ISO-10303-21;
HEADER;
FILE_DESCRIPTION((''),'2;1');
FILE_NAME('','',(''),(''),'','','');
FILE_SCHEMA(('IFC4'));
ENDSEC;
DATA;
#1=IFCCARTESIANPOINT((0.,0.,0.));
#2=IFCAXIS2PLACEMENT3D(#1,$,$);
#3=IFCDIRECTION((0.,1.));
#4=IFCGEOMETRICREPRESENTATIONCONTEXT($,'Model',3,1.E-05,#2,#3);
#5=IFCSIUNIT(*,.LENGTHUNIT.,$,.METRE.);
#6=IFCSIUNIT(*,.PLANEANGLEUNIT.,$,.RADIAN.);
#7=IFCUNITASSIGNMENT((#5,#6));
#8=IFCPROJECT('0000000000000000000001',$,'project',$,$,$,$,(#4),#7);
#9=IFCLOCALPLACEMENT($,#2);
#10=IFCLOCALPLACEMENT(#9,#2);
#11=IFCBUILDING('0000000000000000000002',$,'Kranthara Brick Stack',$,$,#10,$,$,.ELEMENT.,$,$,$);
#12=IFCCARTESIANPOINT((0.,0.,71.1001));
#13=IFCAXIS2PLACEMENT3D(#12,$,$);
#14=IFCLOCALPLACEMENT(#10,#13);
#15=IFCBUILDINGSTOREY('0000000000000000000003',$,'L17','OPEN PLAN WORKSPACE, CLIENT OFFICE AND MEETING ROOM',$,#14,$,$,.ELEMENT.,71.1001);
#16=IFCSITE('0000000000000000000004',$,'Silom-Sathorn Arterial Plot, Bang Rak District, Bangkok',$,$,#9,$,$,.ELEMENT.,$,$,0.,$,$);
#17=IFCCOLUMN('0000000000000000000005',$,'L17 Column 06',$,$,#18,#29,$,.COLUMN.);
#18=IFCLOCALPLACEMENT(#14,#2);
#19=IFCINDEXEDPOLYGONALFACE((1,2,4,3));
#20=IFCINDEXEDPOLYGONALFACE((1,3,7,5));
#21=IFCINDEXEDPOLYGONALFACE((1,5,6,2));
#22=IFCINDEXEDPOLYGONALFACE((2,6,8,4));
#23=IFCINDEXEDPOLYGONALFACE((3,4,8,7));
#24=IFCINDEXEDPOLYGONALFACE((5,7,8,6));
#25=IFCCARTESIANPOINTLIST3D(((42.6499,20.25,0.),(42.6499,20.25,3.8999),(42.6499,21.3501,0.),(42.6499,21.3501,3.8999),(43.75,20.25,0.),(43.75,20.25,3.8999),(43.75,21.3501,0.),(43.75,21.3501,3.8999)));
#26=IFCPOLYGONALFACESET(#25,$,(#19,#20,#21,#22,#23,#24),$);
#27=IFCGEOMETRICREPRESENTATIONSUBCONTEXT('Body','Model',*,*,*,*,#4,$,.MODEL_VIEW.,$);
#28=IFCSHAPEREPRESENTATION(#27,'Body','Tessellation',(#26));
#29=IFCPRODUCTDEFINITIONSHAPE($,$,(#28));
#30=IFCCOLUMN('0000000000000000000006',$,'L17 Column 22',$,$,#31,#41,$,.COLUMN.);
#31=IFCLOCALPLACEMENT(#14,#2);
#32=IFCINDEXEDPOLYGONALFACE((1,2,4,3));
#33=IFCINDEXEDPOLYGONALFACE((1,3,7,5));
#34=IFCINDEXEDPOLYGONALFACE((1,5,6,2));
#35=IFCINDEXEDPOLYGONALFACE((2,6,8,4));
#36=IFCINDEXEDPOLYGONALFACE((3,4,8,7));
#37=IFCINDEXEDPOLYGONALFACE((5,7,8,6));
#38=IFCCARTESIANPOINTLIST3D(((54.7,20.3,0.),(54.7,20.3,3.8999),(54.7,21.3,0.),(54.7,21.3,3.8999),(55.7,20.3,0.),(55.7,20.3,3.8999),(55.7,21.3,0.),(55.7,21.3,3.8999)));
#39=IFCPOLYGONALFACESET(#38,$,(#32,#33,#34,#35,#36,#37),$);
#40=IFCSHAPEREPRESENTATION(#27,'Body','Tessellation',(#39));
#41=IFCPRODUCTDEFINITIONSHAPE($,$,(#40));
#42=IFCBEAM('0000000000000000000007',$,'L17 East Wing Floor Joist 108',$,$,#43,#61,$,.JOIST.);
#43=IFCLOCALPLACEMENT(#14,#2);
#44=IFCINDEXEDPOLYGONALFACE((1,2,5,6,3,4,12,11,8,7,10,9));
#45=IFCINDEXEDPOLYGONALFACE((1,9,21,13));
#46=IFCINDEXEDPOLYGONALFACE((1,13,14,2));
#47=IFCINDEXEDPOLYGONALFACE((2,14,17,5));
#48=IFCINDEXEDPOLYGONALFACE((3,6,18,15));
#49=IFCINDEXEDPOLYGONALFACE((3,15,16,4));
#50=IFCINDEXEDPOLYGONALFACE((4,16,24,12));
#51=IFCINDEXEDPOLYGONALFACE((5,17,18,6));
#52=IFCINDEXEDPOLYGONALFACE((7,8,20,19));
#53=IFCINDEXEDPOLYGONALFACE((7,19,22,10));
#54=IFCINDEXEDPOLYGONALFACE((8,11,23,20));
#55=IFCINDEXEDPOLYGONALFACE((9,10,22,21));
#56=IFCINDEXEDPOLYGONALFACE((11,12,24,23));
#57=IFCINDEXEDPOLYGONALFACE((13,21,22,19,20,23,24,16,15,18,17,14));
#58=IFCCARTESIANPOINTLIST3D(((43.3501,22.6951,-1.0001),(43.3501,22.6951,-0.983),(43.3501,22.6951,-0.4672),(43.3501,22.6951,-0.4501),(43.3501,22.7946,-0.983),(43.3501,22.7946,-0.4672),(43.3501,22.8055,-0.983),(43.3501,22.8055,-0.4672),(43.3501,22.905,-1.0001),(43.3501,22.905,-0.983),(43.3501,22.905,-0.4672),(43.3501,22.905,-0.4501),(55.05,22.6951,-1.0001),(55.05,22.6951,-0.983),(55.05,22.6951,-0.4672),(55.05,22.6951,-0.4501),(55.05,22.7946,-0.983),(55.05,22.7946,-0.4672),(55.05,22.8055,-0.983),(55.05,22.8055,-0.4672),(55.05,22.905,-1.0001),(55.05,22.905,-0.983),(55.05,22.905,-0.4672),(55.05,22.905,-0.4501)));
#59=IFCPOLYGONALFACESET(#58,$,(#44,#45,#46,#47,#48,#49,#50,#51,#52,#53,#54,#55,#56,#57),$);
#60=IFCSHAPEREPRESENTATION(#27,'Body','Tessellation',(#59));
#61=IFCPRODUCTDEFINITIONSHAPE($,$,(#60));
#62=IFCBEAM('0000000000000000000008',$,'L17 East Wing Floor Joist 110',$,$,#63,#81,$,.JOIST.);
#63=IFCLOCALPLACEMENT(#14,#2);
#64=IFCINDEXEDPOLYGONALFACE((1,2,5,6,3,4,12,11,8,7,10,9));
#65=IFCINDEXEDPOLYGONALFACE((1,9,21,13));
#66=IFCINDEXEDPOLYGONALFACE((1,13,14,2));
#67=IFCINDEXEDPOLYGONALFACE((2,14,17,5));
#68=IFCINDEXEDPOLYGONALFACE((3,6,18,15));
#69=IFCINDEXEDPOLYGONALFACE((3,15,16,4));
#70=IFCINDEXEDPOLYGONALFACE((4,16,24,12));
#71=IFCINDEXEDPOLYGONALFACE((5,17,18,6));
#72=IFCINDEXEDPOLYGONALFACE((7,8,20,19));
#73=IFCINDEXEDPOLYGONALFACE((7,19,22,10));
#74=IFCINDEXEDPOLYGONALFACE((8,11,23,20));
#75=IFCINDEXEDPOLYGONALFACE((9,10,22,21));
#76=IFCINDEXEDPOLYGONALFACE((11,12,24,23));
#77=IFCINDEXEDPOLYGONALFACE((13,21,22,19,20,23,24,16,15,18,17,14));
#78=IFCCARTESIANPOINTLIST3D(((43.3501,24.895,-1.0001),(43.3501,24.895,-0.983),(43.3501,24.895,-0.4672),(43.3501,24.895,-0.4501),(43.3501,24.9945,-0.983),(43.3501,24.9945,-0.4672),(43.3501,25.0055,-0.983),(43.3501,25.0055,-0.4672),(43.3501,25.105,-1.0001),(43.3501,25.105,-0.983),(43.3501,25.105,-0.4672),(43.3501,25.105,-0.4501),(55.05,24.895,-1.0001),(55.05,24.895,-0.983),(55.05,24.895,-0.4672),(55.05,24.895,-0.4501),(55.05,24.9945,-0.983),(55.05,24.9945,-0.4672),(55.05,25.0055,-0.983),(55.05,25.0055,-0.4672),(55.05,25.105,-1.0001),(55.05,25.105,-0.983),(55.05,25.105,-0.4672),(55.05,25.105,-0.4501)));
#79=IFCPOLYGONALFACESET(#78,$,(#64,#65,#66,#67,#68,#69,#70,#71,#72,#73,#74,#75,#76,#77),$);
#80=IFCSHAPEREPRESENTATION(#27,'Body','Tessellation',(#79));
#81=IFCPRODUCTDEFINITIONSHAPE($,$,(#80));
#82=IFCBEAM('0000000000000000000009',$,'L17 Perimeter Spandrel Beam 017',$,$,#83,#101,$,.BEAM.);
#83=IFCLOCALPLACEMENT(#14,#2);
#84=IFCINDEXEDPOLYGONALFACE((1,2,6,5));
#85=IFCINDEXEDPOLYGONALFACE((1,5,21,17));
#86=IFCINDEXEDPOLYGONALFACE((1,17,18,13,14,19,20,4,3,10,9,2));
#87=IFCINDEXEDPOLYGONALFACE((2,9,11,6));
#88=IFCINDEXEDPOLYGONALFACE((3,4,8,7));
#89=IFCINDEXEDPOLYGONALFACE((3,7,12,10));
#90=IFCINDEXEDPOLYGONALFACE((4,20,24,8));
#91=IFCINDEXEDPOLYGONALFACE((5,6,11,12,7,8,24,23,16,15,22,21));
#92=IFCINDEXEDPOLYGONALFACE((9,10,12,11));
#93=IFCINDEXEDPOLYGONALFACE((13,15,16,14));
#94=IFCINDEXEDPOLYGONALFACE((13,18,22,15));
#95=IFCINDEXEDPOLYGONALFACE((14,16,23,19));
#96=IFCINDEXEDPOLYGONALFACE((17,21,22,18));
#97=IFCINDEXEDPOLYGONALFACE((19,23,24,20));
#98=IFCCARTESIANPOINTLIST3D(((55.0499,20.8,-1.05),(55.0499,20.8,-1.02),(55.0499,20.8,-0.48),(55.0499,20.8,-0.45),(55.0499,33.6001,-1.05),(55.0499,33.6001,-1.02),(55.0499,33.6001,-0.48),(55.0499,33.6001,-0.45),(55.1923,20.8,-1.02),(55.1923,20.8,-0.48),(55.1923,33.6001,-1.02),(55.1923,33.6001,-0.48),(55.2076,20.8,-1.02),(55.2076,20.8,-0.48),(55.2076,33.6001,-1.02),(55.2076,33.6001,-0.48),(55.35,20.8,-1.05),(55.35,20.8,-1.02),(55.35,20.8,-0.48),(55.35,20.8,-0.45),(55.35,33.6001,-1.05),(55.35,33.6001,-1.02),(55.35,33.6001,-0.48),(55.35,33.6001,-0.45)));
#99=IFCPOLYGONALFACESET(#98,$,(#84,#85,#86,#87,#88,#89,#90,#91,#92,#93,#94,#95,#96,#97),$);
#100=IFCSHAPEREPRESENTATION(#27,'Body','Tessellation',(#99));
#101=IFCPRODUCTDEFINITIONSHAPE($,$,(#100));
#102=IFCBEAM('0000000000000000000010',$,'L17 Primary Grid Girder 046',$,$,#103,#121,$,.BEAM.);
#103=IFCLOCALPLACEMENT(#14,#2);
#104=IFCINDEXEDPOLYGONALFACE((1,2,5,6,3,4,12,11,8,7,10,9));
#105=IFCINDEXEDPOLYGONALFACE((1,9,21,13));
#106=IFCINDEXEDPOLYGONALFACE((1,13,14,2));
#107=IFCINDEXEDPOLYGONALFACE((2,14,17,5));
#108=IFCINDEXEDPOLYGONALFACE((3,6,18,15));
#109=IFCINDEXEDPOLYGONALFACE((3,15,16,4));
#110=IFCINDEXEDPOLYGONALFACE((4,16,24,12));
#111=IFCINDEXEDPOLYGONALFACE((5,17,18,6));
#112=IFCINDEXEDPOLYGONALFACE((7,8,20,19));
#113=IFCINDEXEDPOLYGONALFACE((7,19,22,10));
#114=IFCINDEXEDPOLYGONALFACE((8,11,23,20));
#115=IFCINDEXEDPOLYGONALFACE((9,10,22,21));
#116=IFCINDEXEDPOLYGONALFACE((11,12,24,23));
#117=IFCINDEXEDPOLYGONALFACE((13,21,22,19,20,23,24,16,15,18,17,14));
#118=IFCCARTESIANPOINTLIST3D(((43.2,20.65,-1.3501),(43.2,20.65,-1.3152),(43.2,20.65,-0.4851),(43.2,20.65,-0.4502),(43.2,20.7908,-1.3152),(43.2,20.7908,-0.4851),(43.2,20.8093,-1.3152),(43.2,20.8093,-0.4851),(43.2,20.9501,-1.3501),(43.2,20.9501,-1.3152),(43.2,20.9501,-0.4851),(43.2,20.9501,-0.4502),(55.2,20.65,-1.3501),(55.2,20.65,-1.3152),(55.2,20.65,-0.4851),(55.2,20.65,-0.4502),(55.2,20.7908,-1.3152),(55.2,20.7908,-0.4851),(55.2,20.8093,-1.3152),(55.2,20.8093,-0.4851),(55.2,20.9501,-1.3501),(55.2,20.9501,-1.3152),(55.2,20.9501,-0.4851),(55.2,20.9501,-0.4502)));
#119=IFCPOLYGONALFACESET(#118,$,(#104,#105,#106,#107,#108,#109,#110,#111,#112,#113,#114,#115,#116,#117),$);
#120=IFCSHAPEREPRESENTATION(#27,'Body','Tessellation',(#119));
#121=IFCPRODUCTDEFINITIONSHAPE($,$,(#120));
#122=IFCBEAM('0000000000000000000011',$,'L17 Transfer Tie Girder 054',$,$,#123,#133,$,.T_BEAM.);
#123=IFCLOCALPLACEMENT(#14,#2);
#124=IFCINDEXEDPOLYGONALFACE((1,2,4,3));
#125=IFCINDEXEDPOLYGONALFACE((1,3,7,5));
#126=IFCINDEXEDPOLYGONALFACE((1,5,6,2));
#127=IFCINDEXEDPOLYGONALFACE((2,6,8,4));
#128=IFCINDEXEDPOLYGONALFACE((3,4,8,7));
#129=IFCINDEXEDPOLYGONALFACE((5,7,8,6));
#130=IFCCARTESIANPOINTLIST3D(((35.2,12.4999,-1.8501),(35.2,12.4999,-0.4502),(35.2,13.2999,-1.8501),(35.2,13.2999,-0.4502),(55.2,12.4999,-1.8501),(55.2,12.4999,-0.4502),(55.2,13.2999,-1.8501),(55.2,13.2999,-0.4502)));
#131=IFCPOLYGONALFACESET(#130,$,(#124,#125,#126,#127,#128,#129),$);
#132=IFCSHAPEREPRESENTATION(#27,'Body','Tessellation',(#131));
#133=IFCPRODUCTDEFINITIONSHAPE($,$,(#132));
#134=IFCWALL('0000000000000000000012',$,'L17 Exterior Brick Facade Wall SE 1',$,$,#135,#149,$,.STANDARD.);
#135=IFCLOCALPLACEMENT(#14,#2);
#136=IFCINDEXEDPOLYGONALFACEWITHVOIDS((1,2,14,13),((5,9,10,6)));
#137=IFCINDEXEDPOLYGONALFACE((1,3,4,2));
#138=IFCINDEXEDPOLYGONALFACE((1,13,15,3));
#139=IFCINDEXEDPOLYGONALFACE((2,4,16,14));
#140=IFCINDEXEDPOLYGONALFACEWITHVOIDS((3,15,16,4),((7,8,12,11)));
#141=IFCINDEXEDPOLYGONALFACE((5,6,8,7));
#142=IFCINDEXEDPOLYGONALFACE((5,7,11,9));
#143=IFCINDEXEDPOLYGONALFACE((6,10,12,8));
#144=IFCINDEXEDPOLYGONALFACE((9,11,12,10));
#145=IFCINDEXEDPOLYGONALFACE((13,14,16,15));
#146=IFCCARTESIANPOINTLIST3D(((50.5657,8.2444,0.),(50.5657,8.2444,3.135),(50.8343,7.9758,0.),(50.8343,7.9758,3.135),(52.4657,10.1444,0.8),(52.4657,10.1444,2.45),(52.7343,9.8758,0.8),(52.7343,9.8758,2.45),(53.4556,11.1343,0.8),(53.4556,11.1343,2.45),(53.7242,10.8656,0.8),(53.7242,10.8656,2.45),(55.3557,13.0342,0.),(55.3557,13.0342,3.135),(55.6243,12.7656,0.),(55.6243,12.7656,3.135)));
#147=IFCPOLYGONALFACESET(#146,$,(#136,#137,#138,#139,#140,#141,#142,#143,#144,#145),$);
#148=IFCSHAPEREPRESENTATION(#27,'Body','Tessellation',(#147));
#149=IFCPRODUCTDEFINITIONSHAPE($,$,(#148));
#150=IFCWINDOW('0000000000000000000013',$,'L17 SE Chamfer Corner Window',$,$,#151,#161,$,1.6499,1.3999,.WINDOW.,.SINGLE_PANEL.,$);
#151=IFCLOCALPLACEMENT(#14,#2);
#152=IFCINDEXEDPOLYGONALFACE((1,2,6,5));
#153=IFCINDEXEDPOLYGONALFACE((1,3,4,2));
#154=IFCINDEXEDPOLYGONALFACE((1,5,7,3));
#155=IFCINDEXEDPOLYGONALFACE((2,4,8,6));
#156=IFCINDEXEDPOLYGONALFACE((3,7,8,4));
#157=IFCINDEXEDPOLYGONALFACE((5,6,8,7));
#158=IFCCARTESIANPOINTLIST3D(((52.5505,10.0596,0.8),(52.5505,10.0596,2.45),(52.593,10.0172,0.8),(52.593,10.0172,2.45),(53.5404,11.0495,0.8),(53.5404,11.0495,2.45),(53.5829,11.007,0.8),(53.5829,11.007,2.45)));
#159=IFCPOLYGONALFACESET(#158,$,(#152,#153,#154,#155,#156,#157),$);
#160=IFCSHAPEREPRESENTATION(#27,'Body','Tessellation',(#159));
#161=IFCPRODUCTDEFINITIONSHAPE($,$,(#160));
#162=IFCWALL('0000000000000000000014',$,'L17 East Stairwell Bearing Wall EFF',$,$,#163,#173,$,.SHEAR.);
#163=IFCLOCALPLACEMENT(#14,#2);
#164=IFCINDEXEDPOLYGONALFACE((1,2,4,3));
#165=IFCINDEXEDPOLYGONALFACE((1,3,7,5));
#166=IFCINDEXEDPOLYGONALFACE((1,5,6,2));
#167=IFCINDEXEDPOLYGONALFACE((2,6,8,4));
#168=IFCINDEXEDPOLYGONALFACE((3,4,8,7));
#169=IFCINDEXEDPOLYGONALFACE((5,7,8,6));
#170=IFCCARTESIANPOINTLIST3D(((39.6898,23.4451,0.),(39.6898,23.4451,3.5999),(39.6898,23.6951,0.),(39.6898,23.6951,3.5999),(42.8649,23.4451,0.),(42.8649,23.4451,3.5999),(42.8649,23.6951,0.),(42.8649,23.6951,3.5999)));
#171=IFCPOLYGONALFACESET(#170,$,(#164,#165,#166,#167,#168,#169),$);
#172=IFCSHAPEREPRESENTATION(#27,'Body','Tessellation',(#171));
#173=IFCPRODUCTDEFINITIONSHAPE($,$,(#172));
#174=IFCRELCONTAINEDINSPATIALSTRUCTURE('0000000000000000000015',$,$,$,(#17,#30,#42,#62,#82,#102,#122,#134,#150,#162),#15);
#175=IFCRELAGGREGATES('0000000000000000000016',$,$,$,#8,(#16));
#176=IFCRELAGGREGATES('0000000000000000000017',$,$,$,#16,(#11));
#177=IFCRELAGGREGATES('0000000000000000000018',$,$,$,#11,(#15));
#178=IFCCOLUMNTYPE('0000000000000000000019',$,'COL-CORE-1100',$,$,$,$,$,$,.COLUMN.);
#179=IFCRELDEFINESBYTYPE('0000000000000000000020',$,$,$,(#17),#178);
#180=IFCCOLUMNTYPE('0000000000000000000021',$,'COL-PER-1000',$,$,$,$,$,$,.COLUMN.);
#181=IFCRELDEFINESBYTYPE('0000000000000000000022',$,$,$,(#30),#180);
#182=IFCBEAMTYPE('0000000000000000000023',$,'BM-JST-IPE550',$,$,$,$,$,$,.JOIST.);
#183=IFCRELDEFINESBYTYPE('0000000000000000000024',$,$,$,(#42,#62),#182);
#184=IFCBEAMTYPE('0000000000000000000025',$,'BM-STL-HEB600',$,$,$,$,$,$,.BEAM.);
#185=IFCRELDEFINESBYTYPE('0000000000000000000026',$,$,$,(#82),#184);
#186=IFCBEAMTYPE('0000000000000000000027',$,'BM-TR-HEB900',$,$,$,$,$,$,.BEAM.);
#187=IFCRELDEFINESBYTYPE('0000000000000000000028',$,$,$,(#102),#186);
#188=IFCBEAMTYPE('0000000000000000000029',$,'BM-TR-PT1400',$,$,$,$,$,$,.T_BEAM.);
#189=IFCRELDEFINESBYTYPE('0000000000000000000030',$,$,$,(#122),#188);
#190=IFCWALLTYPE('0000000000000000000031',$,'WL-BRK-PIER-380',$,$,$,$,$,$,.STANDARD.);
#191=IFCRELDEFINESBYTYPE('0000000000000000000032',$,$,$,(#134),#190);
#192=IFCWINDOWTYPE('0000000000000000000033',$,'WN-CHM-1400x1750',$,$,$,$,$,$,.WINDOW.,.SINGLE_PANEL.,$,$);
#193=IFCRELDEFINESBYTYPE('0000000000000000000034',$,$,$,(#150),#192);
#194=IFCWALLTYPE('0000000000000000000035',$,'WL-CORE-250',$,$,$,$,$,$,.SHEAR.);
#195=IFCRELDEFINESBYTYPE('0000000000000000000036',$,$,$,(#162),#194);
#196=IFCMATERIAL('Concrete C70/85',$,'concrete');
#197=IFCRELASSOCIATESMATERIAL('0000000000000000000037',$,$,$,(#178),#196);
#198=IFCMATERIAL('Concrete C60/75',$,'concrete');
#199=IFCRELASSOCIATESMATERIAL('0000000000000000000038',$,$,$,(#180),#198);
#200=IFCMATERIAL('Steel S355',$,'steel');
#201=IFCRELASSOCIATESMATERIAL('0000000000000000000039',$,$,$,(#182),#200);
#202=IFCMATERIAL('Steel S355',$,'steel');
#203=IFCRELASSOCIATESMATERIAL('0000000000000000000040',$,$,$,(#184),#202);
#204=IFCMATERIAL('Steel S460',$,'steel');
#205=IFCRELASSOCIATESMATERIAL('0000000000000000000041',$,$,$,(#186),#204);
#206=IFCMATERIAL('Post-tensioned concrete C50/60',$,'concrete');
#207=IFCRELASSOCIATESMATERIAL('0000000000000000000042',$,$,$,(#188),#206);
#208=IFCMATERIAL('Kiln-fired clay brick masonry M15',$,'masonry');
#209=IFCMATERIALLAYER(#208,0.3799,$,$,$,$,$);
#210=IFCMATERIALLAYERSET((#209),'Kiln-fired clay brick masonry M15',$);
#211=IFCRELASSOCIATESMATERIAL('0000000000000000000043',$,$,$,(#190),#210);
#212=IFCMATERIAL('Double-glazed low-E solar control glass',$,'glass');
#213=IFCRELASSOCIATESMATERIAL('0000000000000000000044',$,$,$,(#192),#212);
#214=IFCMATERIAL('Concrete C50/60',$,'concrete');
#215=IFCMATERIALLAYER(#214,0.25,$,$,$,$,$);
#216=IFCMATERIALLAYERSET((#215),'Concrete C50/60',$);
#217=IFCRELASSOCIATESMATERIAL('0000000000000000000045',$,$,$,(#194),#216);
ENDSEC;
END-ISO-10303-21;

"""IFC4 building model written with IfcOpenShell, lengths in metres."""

from ifc_helpers import new_model, si_unit, direction, frame, frame_2d, origin, origin_2d, place, context, subcontext, project, spatial, rectangle, i_section, extrude, material, layer, layer_set, material_profile, profile_set, type_object, element, fill, save


model = new_model("IFC4")

# Units and contexts
model_context = context("Model", 3, precision=1e-05, world=origin(), true_north=direction((0.0, 1.0)))
body_context = subcontext(model_context, "Body", "Model", "MODEL_VIEW")
ifc_project = project(units=[si_unit("LENGTHUNIT", "METRE"), si_unit("PLANEANGLEUNIT", "RADIAN")], contexts=[model_context])

# Site, building, storey
site_placement = place(None, origin())
site = spatial("IfcSite", under=ifc_project, at=site_placement, Name="Silom-Sathorn Arterial Plot, Bang Rak District, Bangkok", CompositionType="ELEMENT", RefElevation=0.0)
building_placement = place(site_placement, origin())
building = spatial("IfcBuilding", under=site, at=building_placement, Name="Kranthara Brick Stack", CompositionType="ELEMENT")
storey_placement = place(building_placement, frame((0.0, 0.0, 71.1001)))
storey = spatial("IfcBuildingStorey", under=building, at=storey_placement, Name="L17", Description="OPEN PLAN WORKSPACE, CLIENT OFFICE AND MEETING ROOM", CompositionType="ELEMENT", Elevation=71.1001)

# Columns
ifc_material_1 = material(Name="Concrete C70/85", Category="concrete")
ifc_material_profile_1 = material_profile(ifc_material_1, rectangle(XDim=1.1001, YDim=1.1001, at=origin_2d()), Name="RC 1100x1100")
ifc_profile_set_1 = profile_set([ifc_material_profile_1], Name="Concrete C70/85")
column_type_1 = type_object("IfcColumnType", Name="COL-CORE-1100", PredefinedType="COLUMN", material=ifc_profile_set_1)
column_1_placement = place(storey_placement, frame((43.2, 20.8, 0.0), z_axis=(0.0, 0.0, 1.0), x_axis=(1.0, 0.0, 0.0)))
element("IfcColumn", 1, at=column_1_placement, inside=storey, type_object=column_type_1, Name="L17 Column 06", PredefinedType="COLUMN", context=body_context, shape_type="SweptSolid", body=[
    extrude(rectangle(XDim=1.1001, YDim=1.1001, at=origin_2d()), origin(), (0.0, 0.0, 1.0), 3.8999),
])
ifc_material_2 = material(Name="Concrete C60/75", Category="concrete")
ifc_material_profile_2 = material_profile(ifc_material_2, rectangle(XDim=1.0, YDim=1.0, at=origin_2d()), Name="RC 1000x1000")
ifc_profile_set_2 = profile_set([ifc_material_profile_2], Name="Concrete C60/75")
column_type_2 = type_object("IfcColumnType", Name="COL-PER-1000", PredefinedType="COLUMN", material=ifc_profile_set_2)
column_2_placement = place(storey_placement, frame((55.2, 20.8, 0.0), z_axis=(0.0, 0.0, 1.0), x_axis=(1.0, 0.0, 0.0)))
element("IfcColumn", 2, at=column_2_placement, inside=storey, type_object=column_type_2, Name="L17 Column 22", PredefinedType="COLUMN", context=body_context, shape_type="SweptSolid", body=[
    extrude(rectangle(XDim=1.0, YDim=1.0, at=origin_2d()), origin(), (0.0, 0.0, 1.0), 3.8999),
])

# Beams
ifc_material_3 = material(Name="Steel S355", Category="steel")
ifc_material_profile_3 = material_profile(ifc_material_3, i_section(OverallWidth=0.21, OverallDepth=0.55, WebThickness=0.011, FlangeThickness=0.0171, at=origin_2d()), Name="IPE 550")
ifc_profile_set_3 = profile_set([ifc_material_profile_3], Name="Steel S355")
beam_type_1 = type_object("IfcBeamType", Name="BM-JST-IPE550", PredefinedType="JOIST", material=ifc_profile_set_3)
for number, where, z_axis, x_axis, name in (
    (3, (43.3501, 22.8, -0.7251), (1.0, 0.0, 0.0), (0.0, 1.0, 0.0), "L17 East Wing Floor Joist 108"),
    (4, (43.3501, 25.0, -0.7251), (1.0, 0.0, 0.0), (0.0, 1.0, 0.0), "L17 East Wing Floor Joist 110"),
):
    element("IfcBeam", number, at=place(storey_placement, frame(where, z_axis=z_axis, x_axis=x_axis)), inside=storey, type_object=beam_type_1, Name=name, PredefinedType="JOIST", context=body_context, shape_type="SweptSolid", body=[
        extrude(i_section(OverallWidth=0.21, OverallDepth=0.55, WebThickness=0.011, FlangeThickness=0.0171, at=origin_2d()), origin(), (0.0, 0.0, 1.0), 11.7),
    ])
ifc_material_4 = material(Name="Steel S355", Category="steel")
ifc_material_profile_4 = material_profile(ifc_material_4, i_section(OverallWidth=0.3, OverallDepth=0.6001, WebThickness=0.0154, FlangeThickness=0.03, at=origin_2d()), Name="HEB 600")
ifc_profile_set_4 = profile_set([ifc_material_profile_4], Name="Steel S355")
beam_type_2 = type_object("IfcBeamType", Name="BM-STL-HEB600", PredefinedType="BEAM", material=ifc_profile_set_4)
beam_1_placement = place(storey_placement, frame((55.2, 20.8, -0.75), z_axis=(0.0, 1.0, 0.0), x_axis=(-1.0, 0.0, 0.0)))
element("IfcBeam", 5, at=beam_1_placement, inside=storey, type_object=beam_type_2, Name="L17 Perimeter Spandrel Beam 017", PredefinedType="BEAM", context=body_context, shape_type="SweptSolid", body=[
    extrude(i_section(OverallWidth=0.3, OverallDepth=0.6001, WebThickness=0.0154, FlangeThickness=0.03, at=origin_2d()), origin(), (0.0, 0.0, 1.0), 12.8),
])
ifc_material_5 = material(Name="Steel S460", Category="steel")
ifc_material_profile_5 = material_profile(ifc_material_5, i_section(OverallWidth=0.3, OverallDepth=0.8999, WebThickness=0.0186, FlangeThickness=0.0349, at=origin_2d()), Name="HEB 900")
ifc_profile_set_5 = profile_set([ifc_material_profile_5], Name="Steel S460")
beam_type_3 = type_object("IfcBeamType", Name="BM-TR-HEB900", PredefinedType="BEAM", material=ifc_profile_set_5)
beam_2_placement = place(storey_placement, frame((43.2, 20.8, -0.9001), z_axis=(1.0, 0.0, 0.0), x_axis=(0.0, 1.0, 0.0)))
element("IfcBeam", 6, at=beam_2_placement, inside=storey, type_object=beam_type_3, Name="L17 Primary Grid Girder 046", PredefinedType="BEAM", context=body_context, shape_type="SweptSolid", body=[
    extrude(i_section(OverallWidth=0.3, OverallDepth=0.8999, WebThickness=0.0186, FlangeThickness=0.0349, at=origin_2d()), origin(), (0.0, 0.0, 1.0), 12.0),
])
ifc_material_6 = material(Name="Post-tensioned concrete C50/60", Category="concrete")
ifc_material_profile_6 = material_profile(ifc_material_6, rectangle(XDim=0.8, YDim=1.3999, at=origin_2d()), Name="PT 800x1400")
ifc_profile_set_6 = profile_set([ifc_material_profile_6], Name="Post-tensioned concrete C50/60")
beam_type_4 = type_object("IfcBeamType", Name="BM-TR-PT1400", PredefinedType="T_BEAM", material=ifc_profile_set_6)
beam_3_placement = place(storey_placement, frame((55.2, 12.8999, -1.1501), z_axis=(-1.0, 0.0, 0.0), x_axis=(0.0, -1.0, 0.0)))
element("IfcBeam", 7, at=beam_3_placement, inside=storey, type_object=beam_type_4, Name="L17 Transfer Tie Girder 054", PredefinedType="T_BEAM", context=body_context, shape_type="SweptSolid", body=[
    extrude(rectangle(XDim=0.8, YDim=1.3999, at=origin_2d()), origin(), (0.0, 0.0, 1.0), 20.0),
])

# Wall, opening, window
ifc_material_7 = material(Name="Kiln-fired clay brick masonry M15", Category="masonry")
ifc_layer_1 = layer(ifc_material_7, 0.3799)
ifc_layer_set_1 = layer_set([ifc_layer_1], Name="Kiln-fired clay brick masonry M15")
wall_type_1 = type_object("IfcWallType", Name="WL-BRK-PIER-380", PredefinedType="STANDARD", material=ifc_layer_set_1)
wall_1_placement = place(storey_placement, frame((55.49, 12.8999, 0.0), z_axis=(0.0, 0.0, 1.0), x_axis=(-0.707125, -0.707089, 0.0)))
wall_1 = element("IfcWall", 8, at=wall_1_placement, inside=storey, type_object=wall_type_1, Name="L17 Exterior Brick Facade Wall SE 1", PredefinedType="STANDARD", context=body_context, shape_type="SweptSolid", body=[
    extrude(rectangle(XDim=6.7739, YDim=0.3799, at=frame_2d((3.387, 0.0))), origin(), (0.0, 0.0, 1.0), 3.135),
])
opening_1_placement = place(wall_1_placement, frame((2.687, 0.0, 0.8)))
opening_1 = element("IfcOpeningElement", 9, at=opening_1_placement, cuts=wall_1, PredefinedType="OPENING", context=body_context, shape_type="SweptSolid", body=[
    extrude(rectangle(XDim=1.3999, YDim=1.6499, at=frame_2d((0.7, 0.825))), frame((0.0, 0.2, 0.0), z_axis=(0.0, -1.0, 0.0), x_axis=(1.0, 0.0, 0.0)), (0.0, 0.0, 1.0), 0.3999),
])
ifc_material_8 = material(Name="Double-glazed low-E solar control glass", Category="glass")
window_type = type_object("IfcWindowType", Name="WN-CHM-1400x1750", PartitioningType="SINGLE_PANEL", PredefinedType="WINDOW", material=ifc_material_8)
window_placement = place(opening_1_placement, origin())
window = element("IfcWindow", 10, at=window_placement, inside=storey, type_object=window_type, Name="L17 SE Chamfer Corner Window", OverallHeight=1.6499, OverallWidth=1.3999, PartitioningType="SINGLE_PANEL", PredefinedType="WINDOW", context=body_context, shape_type="SweptSolid", body=[
    extrude(rectangle(XDim=1.3999, YDim=1.6499, at=frame_2d((0.7, 0.825))), frame((0.0, -0.01, 0.0), z_axis=(0.0, -1.0, 0.0), x_axis=(1.0, 0.0, 0.0)), (0.0, 0.0, 1.0), 0.0601),
])
fill(opening_1, window)

# Wall
ifc_material_9 = material(Name="Concrete C50/60", Category="concrete")
ifc_layer_2 = layer(ifc_material_9, 0.25)
ifc_layer_set_2 = layer_set([ifc_layer_2], Name="Concrete C50/60")
wall_type_2 = type_object("IfcWallType", Name="WL-CORE-250", PredefinedType="SHEAR", material=ifc_layer_set_2)
wall_2_placement = place(storey_placement, frame((39.6899, 23.5701, 0.0), z_axis=(0.0, 0.0, 1.0), x_axis=(1.0, 0.0, 0.0)))
element("IfcWall", 11, at=wall_2_placement, inside=storey, type_object=wall_type_2, Name="L17 East Stairwell Bearing Wall EFF", PredefinedType="SHEAR", context=body_context, shape_type="SweptSolid", body=[
    extrude(rectangle(XDim=3.175, YDim=0.25, at=frame_2d((1.5874, 0.0))), origin(), (0.0, 0.0, 1.0), 3.5999),
])

save(model, "model.ifc")
